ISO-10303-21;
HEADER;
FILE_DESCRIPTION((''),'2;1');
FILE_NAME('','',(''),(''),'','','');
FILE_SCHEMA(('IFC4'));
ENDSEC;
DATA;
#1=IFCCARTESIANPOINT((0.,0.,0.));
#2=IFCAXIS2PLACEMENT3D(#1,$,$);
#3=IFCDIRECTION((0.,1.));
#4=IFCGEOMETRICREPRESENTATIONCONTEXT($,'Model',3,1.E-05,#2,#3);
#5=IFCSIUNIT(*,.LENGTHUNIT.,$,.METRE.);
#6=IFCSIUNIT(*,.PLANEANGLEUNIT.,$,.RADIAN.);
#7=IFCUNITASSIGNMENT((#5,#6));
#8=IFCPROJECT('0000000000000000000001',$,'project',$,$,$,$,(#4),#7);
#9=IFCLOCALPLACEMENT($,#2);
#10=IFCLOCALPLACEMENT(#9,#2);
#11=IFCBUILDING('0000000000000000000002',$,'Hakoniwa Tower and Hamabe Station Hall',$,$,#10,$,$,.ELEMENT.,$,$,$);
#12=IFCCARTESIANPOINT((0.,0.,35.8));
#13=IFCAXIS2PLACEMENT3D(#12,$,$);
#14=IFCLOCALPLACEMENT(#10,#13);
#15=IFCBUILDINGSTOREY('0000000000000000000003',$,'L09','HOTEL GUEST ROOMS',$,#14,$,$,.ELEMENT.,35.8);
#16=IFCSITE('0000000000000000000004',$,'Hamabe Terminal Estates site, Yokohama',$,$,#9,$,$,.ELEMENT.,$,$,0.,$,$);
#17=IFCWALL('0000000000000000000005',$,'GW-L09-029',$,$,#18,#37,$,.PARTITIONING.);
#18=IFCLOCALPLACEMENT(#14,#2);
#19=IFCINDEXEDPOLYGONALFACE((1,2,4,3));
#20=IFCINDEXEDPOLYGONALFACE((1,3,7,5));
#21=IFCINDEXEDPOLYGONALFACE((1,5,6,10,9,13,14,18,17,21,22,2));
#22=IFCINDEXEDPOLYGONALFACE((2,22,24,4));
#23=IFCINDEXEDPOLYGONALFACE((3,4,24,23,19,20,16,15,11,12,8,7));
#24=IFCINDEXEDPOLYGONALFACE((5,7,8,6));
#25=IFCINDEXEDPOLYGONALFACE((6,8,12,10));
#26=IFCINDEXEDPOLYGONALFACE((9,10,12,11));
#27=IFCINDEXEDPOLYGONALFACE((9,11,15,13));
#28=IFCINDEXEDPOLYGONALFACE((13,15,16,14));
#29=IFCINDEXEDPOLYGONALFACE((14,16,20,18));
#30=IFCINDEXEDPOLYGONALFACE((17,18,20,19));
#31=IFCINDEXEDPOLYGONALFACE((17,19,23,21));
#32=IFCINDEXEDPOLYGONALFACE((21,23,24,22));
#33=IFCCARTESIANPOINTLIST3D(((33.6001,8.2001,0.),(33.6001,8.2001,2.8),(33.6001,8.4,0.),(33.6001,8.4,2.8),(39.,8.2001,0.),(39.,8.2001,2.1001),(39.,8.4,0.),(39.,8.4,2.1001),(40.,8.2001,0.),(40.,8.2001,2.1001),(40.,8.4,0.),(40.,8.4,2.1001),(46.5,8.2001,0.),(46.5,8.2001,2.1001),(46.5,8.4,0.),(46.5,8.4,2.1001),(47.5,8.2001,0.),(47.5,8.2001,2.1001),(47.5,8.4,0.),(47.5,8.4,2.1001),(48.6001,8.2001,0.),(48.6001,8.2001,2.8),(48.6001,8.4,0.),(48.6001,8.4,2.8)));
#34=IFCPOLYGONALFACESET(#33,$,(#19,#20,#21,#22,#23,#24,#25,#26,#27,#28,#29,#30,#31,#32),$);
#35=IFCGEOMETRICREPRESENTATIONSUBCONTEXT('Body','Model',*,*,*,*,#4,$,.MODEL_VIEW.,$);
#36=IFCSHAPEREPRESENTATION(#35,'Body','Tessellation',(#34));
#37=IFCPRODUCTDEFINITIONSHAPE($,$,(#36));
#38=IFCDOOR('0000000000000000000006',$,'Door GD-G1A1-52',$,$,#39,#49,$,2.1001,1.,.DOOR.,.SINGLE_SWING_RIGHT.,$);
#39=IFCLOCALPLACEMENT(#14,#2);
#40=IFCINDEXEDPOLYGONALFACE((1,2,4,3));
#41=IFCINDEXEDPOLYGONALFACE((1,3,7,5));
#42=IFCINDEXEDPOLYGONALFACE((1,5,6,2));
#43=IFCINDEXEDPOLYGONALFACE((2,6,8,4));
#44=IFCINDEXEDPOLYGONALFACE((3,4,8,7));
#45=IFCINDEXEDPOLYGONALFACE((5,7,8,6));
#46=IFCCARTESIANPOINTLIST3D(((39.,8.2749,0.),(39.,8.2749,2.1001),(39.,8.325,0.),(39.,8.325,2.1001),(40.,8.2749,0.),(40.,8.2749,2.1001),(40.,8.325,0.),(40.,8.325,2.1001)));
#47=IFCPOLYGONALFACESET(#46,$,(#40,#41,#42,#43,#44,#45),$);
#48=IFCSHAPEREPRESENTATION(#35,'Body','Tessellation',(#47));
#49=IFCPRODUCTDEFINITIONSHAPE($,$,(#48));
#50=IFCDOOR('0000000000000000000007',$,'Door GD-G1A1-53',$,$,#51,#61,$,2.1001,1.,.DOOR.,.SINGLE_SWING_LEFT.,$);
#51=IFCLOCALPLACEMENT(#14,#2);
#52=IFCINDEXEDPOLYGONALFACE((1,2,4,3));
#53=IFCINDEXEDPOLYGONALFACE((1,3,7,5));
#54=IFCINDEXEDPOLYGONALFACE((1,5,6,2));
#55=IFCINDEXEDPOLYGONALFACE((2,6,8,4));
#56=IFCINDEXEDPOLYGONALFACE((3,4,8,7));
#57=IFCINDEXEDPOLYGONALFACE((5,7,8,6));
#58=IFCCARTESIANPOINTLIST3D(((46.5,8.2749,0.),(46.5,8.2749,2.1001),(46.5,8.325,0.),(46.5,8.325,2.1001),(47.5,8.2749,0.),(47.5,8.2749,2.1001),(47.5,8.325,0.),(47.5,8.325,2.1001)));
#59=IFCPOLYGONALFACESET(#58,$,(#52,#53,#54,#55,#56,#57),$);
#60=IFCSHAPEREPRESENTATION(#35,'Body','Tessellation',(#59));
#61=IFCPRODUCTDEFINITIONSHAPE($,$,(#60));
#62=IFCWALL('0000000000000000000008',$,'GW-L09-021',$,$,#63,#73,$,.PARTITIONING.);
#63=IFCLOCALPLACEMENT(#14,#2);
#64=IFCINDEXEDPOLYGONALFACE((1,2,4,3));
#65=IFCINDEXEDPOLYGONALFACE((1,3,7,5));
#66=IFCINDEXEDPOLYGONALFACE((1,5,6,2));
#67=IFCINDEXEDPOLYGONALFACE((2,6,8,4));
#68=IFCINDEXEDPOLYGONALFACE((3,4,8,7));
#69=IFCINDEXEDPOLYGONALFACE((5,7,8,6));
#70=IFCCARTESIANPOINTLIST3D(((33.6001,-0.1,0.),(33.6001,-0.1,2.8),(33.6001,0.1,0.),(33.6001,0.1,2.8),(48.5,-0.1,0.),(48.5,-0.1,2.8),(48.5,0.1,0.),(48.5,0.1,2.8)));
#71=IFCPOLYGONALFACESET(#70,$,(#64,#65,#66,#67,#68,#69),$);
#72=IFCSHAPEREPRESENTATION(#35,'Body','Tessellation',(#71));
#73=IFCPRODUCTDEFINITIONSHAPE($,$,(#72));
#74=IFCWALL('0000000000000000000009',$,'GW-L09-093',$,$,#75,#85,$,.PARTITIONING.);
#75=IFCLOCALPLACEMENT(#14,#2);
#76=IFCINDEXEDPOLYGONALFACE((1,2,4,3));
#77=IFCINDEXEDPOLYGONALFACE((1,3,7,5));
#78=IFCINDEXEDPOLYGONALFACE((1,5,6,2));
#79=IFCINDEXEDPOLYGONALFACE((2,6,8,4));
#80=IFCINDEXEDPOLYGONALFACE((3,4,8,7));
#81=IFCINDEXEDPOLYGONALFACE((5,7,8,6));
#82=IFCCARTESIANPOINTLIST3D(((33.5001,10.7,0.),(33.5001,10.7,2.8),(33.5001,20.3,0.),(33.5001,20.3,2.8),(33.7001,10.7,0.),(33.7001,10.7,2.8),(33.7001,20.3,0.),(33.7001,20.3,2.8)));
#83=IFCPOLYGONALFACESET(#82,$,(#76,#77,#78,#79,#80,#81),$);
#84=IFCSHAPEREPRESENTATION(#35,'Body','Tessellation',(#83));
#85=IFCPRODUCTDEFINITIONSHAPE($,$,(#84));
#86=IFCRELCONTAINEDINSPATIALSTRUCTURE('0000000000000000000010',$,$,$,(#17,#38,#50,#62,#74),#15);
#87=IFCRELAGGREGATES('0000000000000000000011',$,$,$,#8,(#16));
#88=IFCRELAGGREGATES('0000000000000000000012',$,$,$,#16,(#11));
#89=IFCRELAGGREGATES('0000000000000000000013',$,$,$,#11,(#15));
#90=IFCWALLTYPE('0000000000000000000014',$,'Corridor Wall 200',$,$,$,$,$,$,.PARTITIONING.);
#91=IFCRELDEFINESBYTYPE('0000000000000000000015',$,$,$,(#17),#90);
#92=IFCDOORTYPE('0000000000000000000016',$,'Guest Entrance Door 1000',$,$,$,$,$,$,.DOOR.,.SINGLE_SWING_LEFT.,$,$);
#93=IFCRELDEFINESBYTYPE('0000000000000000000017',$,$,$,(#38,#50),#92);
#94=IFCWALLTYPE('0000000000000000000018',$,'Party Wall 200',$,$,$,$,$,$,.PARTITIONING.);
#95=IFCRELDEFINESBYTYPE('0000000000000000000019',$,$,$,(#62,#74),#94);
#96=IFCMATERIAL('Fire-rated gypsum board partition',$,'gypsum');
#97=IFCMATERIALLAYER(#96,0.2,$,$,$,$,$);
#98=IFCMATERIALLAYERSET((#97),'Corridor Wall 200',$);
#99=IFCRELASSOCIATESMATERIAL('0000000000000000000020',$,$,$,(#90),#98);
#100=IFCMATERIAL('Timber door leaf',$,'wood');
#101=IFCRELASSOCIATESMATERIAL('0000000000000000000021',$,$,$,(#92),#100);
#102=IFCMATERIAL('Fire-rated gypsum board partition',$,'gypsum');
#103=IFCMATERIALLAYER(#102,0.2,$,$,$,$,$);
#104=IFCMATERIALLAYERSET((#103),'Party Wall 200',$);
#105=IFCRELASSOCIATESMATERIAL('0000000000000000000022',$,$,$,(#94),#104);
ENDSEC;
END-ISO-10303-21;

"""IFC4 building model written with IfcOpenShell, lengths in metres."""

from ifc_helpers import new_model, si_unit, direction, frame, frame_2d, origin, place, context, subcontext, project, spatial, rectangle, extrude, material, layer, layer_set, type_object, element, fill, save


model = new_model("IFC4")

# Units and contexts
model_context = context("Model", 3, precision=1e-05, world=origin(), true_north=direction((0.0, 1.0)))
body_context = subcontext(model_context, "Body", "Model", "MODEL_VIEW")
ifc_project = project(units=[si_unit("LENGTHUNIT", "METRE"), si_unit("PLANEANGLEUNIT", "RADIAN")], contexts=[model_context])

# Site, building, storey
site_placement = place(None, origin())
site = spatial("IfcSite", under=ifc_project, at=site_placement, Name="Hamabe Terminal Estates site, Yokohama", CompositionType="ELEMENT", RefElevation=0.0)
building_placement = place(site_placement, origin())
building = spatial("IfcBuilding", under=site, at=building_placement, Name="Hakoniwa Tower and Hamabe Station Hall", CompositionType="ELEMENT")
storey_placement = place(building_placement, frame((0.0, 0.0, 35.8)))
storey = spatial("IfcBuildingStorey", under=building, at=storey_placement, Name="L09", Description="HOTEL GUEST ROOMS", CompositionType="ELEMENT", Elevation=35.8)

# Wall, openings, doors
ifc_material_1 = material(Name="Fire-rated gypsum board partition", Category="gypsum")
ifc_layer_1 = layer(ifc_material_1, 0.2)
ifc_layer_set_1 = layer_set([ifc_layer_1], Name="Corridor Wall 200")
wall_type_1 = type_object("IfcWallType", Name="Corridor Wall 200", PredefinedType="PARTITIONING", material=ifc_layer_set_1)
wall_1_placement = place(storey_placement, frame((33.6001, 8.3, 0.0), z_axis=(0.0, 0.0, 1.0), x_axis=(1.0, 0.0, 0.0)))
wall_1 = element("IfcWall", 1, at=wall_1_placement, inside=storey, type_object=wall_type_1, Name="GW-L09-029", PredefinedType="PARTITIONING", context=body_context, shape_type="SweptSolid", body=[
    extrude(rectangle(XDim=15.0, YDim=0.2, at=frame_2d((7.5, 0.0))), origin(), (0.0, 0.0, 1.0), 2.8),
])
opening_1_placement = place(wall_1_placement, frame((5.3999, 0.0, 0.0)))
opening_1 = element("IfcOpeningElement", 2, at=opening_1_placement, cuts=wall_1, PredefinedType="OPENING", context=body_context, shape_type="SweptSolid", body=[
    extrude(rectangle(XDim=1.0, YDim=2.1001, at=frame_2d((0.5, 1.05))), frame((0.0, 0.1099, 0.0), z_axis=(0.0, -1.0, 0.0), x_axis=(1.0, 0.0, 0.0)), (0.0, 0.0, 1.0), 0.22),
])
opening_2_placement = place(wall_1_placement, frame((12.8999, 0.0, 0.0)))
opening_2 = element("IfcOpeningElement", 3, at=opening_2_placement, cuts=wall_1, PredefinedType="OPENING", context=body_context, shape_type="SweptSolid", body=[
    extrude(rectangle(XDim=1.0, YDim=2.1001, at=frame_2d((0.5, 1.05))), frame((0.0, 0.1099, 0.0), z_axis=(0.0, -1.0, 0.0), x_axis=(1.0, 0.0, 0.0)), (0.0, 0.0, 1.0), 0.22),
])
ifc_material_2 = material(Name="Timber door leaf", Category="wood")
door_type_1 = type_object("IfcDoorType", Name="Guest Entrance Door 1000", OperationType="SINGLE_SWING_LEFT", PredefinedType="DOOR", material=ifc_material_2)
door_1_placement = place(opening_1_placement, origin())
door_1 = element("IfcDoor", 4, at=door_1_placement, inside=storey, type_object=door_type_1, Name="Door GD-G1A1-52", OperationType="SINGLE_SWING_RIGHT", OverallHeight=2.1001, OverallWidth=1.0, PredefinedType="DOOR", context=body_context, shape_type="SweptSolid", body=[
    extrude(rectangle(XDim=1.0, YDim=2.1001, at=frame_2d((0.5, 1.05))), frame((0.0, 0.0249, 0.0), z_axis=(0.0, -1.0, 0.0), x_axis=(1.0, 0.0, 0.0)), (0.0, 0.0, 1.0), 0.05),
])
fill(opening_1, door_1)
door_2_placement = place(opening_2_placement, origin())
door_2 = element("IfcDoor", 5, at=door_2_placement, inside=storey, type_object=door_type_1, Name="Door GD-G1A1-53", OperationType="SINGLE_SWING_LEFT", OverallHeight=2.1001, OverallWidth=1.0, PredefinedType="DOOR", context=body_context, shape_type="SweptSolid", body=[
    extrude(rectangle(XDim=1.0, YDim=2.1001, at=frame_2d((0.5, 1.05))), frame((0.0, 0.0249, 0.0), z_axis=(0.0, -1.0, 0.0), x_axis=(1.0, 0.0, 0.0)), (0.0, 0.0, 1.0), 0.05),
])
fill(opening_2, door_2)

# Walls
ifc_material_3 = material(Name="Fire-rated gypsum board partition", Category="gypsum")
ifc_layer_2 = layer(ifc_material_3, 0.2)
ifc_layer_set_2 = layer_set([ifc_layer_2], Name="Party Wall 200")
wall_type_2 = type_object("IfcWallType", Name="Party Wall 200", PredefinedType="PARTITIONING", material=ifc_layer_set_2)
wall_2_placement = place(storey_placement, frame((33.6001, 0.0, 0.0), z_axis=(0.0, 0.0, 1.0), x_axis=(1.0, 0.0, 0.0)))
element("IfcWall", 6, at=wall_2_placement, inside=storey, type_object=wall_type_2, Name="GW-L09-021", PredefinedType="PARTITIONING", context=body_context, shape_type="SweptSolid", body=[
    extrude(rectangle(XDim=14.8999, YDim=0.2, at=frame_2d((7.45, 0.0))), origin(), (0.0, 0.0, 1.0), 2.8),
])
wall_3_placement = place(storey_placement, frame((33.6001, 10.7, 0.0), z_axis=(0.0, 0.0, 1.0), x_axis=(0.0, 1.0, 0.0)))
element("IfcWall", 7, at=wall_3_placement, inside=storey, type_object=wall_type_2, Name="GW-L09-093", PredefinedType="PARTITIONING", context=body_context, shape_type="SweptSolid", body=[
    extrude(rectangle(XDim=9.6001, YDim=0.2, at=frame_2d((4.8, 0.0))), origin(), (0.0, 0.0, 1.0), 2.8),
])

save(model, "model.ifc")
